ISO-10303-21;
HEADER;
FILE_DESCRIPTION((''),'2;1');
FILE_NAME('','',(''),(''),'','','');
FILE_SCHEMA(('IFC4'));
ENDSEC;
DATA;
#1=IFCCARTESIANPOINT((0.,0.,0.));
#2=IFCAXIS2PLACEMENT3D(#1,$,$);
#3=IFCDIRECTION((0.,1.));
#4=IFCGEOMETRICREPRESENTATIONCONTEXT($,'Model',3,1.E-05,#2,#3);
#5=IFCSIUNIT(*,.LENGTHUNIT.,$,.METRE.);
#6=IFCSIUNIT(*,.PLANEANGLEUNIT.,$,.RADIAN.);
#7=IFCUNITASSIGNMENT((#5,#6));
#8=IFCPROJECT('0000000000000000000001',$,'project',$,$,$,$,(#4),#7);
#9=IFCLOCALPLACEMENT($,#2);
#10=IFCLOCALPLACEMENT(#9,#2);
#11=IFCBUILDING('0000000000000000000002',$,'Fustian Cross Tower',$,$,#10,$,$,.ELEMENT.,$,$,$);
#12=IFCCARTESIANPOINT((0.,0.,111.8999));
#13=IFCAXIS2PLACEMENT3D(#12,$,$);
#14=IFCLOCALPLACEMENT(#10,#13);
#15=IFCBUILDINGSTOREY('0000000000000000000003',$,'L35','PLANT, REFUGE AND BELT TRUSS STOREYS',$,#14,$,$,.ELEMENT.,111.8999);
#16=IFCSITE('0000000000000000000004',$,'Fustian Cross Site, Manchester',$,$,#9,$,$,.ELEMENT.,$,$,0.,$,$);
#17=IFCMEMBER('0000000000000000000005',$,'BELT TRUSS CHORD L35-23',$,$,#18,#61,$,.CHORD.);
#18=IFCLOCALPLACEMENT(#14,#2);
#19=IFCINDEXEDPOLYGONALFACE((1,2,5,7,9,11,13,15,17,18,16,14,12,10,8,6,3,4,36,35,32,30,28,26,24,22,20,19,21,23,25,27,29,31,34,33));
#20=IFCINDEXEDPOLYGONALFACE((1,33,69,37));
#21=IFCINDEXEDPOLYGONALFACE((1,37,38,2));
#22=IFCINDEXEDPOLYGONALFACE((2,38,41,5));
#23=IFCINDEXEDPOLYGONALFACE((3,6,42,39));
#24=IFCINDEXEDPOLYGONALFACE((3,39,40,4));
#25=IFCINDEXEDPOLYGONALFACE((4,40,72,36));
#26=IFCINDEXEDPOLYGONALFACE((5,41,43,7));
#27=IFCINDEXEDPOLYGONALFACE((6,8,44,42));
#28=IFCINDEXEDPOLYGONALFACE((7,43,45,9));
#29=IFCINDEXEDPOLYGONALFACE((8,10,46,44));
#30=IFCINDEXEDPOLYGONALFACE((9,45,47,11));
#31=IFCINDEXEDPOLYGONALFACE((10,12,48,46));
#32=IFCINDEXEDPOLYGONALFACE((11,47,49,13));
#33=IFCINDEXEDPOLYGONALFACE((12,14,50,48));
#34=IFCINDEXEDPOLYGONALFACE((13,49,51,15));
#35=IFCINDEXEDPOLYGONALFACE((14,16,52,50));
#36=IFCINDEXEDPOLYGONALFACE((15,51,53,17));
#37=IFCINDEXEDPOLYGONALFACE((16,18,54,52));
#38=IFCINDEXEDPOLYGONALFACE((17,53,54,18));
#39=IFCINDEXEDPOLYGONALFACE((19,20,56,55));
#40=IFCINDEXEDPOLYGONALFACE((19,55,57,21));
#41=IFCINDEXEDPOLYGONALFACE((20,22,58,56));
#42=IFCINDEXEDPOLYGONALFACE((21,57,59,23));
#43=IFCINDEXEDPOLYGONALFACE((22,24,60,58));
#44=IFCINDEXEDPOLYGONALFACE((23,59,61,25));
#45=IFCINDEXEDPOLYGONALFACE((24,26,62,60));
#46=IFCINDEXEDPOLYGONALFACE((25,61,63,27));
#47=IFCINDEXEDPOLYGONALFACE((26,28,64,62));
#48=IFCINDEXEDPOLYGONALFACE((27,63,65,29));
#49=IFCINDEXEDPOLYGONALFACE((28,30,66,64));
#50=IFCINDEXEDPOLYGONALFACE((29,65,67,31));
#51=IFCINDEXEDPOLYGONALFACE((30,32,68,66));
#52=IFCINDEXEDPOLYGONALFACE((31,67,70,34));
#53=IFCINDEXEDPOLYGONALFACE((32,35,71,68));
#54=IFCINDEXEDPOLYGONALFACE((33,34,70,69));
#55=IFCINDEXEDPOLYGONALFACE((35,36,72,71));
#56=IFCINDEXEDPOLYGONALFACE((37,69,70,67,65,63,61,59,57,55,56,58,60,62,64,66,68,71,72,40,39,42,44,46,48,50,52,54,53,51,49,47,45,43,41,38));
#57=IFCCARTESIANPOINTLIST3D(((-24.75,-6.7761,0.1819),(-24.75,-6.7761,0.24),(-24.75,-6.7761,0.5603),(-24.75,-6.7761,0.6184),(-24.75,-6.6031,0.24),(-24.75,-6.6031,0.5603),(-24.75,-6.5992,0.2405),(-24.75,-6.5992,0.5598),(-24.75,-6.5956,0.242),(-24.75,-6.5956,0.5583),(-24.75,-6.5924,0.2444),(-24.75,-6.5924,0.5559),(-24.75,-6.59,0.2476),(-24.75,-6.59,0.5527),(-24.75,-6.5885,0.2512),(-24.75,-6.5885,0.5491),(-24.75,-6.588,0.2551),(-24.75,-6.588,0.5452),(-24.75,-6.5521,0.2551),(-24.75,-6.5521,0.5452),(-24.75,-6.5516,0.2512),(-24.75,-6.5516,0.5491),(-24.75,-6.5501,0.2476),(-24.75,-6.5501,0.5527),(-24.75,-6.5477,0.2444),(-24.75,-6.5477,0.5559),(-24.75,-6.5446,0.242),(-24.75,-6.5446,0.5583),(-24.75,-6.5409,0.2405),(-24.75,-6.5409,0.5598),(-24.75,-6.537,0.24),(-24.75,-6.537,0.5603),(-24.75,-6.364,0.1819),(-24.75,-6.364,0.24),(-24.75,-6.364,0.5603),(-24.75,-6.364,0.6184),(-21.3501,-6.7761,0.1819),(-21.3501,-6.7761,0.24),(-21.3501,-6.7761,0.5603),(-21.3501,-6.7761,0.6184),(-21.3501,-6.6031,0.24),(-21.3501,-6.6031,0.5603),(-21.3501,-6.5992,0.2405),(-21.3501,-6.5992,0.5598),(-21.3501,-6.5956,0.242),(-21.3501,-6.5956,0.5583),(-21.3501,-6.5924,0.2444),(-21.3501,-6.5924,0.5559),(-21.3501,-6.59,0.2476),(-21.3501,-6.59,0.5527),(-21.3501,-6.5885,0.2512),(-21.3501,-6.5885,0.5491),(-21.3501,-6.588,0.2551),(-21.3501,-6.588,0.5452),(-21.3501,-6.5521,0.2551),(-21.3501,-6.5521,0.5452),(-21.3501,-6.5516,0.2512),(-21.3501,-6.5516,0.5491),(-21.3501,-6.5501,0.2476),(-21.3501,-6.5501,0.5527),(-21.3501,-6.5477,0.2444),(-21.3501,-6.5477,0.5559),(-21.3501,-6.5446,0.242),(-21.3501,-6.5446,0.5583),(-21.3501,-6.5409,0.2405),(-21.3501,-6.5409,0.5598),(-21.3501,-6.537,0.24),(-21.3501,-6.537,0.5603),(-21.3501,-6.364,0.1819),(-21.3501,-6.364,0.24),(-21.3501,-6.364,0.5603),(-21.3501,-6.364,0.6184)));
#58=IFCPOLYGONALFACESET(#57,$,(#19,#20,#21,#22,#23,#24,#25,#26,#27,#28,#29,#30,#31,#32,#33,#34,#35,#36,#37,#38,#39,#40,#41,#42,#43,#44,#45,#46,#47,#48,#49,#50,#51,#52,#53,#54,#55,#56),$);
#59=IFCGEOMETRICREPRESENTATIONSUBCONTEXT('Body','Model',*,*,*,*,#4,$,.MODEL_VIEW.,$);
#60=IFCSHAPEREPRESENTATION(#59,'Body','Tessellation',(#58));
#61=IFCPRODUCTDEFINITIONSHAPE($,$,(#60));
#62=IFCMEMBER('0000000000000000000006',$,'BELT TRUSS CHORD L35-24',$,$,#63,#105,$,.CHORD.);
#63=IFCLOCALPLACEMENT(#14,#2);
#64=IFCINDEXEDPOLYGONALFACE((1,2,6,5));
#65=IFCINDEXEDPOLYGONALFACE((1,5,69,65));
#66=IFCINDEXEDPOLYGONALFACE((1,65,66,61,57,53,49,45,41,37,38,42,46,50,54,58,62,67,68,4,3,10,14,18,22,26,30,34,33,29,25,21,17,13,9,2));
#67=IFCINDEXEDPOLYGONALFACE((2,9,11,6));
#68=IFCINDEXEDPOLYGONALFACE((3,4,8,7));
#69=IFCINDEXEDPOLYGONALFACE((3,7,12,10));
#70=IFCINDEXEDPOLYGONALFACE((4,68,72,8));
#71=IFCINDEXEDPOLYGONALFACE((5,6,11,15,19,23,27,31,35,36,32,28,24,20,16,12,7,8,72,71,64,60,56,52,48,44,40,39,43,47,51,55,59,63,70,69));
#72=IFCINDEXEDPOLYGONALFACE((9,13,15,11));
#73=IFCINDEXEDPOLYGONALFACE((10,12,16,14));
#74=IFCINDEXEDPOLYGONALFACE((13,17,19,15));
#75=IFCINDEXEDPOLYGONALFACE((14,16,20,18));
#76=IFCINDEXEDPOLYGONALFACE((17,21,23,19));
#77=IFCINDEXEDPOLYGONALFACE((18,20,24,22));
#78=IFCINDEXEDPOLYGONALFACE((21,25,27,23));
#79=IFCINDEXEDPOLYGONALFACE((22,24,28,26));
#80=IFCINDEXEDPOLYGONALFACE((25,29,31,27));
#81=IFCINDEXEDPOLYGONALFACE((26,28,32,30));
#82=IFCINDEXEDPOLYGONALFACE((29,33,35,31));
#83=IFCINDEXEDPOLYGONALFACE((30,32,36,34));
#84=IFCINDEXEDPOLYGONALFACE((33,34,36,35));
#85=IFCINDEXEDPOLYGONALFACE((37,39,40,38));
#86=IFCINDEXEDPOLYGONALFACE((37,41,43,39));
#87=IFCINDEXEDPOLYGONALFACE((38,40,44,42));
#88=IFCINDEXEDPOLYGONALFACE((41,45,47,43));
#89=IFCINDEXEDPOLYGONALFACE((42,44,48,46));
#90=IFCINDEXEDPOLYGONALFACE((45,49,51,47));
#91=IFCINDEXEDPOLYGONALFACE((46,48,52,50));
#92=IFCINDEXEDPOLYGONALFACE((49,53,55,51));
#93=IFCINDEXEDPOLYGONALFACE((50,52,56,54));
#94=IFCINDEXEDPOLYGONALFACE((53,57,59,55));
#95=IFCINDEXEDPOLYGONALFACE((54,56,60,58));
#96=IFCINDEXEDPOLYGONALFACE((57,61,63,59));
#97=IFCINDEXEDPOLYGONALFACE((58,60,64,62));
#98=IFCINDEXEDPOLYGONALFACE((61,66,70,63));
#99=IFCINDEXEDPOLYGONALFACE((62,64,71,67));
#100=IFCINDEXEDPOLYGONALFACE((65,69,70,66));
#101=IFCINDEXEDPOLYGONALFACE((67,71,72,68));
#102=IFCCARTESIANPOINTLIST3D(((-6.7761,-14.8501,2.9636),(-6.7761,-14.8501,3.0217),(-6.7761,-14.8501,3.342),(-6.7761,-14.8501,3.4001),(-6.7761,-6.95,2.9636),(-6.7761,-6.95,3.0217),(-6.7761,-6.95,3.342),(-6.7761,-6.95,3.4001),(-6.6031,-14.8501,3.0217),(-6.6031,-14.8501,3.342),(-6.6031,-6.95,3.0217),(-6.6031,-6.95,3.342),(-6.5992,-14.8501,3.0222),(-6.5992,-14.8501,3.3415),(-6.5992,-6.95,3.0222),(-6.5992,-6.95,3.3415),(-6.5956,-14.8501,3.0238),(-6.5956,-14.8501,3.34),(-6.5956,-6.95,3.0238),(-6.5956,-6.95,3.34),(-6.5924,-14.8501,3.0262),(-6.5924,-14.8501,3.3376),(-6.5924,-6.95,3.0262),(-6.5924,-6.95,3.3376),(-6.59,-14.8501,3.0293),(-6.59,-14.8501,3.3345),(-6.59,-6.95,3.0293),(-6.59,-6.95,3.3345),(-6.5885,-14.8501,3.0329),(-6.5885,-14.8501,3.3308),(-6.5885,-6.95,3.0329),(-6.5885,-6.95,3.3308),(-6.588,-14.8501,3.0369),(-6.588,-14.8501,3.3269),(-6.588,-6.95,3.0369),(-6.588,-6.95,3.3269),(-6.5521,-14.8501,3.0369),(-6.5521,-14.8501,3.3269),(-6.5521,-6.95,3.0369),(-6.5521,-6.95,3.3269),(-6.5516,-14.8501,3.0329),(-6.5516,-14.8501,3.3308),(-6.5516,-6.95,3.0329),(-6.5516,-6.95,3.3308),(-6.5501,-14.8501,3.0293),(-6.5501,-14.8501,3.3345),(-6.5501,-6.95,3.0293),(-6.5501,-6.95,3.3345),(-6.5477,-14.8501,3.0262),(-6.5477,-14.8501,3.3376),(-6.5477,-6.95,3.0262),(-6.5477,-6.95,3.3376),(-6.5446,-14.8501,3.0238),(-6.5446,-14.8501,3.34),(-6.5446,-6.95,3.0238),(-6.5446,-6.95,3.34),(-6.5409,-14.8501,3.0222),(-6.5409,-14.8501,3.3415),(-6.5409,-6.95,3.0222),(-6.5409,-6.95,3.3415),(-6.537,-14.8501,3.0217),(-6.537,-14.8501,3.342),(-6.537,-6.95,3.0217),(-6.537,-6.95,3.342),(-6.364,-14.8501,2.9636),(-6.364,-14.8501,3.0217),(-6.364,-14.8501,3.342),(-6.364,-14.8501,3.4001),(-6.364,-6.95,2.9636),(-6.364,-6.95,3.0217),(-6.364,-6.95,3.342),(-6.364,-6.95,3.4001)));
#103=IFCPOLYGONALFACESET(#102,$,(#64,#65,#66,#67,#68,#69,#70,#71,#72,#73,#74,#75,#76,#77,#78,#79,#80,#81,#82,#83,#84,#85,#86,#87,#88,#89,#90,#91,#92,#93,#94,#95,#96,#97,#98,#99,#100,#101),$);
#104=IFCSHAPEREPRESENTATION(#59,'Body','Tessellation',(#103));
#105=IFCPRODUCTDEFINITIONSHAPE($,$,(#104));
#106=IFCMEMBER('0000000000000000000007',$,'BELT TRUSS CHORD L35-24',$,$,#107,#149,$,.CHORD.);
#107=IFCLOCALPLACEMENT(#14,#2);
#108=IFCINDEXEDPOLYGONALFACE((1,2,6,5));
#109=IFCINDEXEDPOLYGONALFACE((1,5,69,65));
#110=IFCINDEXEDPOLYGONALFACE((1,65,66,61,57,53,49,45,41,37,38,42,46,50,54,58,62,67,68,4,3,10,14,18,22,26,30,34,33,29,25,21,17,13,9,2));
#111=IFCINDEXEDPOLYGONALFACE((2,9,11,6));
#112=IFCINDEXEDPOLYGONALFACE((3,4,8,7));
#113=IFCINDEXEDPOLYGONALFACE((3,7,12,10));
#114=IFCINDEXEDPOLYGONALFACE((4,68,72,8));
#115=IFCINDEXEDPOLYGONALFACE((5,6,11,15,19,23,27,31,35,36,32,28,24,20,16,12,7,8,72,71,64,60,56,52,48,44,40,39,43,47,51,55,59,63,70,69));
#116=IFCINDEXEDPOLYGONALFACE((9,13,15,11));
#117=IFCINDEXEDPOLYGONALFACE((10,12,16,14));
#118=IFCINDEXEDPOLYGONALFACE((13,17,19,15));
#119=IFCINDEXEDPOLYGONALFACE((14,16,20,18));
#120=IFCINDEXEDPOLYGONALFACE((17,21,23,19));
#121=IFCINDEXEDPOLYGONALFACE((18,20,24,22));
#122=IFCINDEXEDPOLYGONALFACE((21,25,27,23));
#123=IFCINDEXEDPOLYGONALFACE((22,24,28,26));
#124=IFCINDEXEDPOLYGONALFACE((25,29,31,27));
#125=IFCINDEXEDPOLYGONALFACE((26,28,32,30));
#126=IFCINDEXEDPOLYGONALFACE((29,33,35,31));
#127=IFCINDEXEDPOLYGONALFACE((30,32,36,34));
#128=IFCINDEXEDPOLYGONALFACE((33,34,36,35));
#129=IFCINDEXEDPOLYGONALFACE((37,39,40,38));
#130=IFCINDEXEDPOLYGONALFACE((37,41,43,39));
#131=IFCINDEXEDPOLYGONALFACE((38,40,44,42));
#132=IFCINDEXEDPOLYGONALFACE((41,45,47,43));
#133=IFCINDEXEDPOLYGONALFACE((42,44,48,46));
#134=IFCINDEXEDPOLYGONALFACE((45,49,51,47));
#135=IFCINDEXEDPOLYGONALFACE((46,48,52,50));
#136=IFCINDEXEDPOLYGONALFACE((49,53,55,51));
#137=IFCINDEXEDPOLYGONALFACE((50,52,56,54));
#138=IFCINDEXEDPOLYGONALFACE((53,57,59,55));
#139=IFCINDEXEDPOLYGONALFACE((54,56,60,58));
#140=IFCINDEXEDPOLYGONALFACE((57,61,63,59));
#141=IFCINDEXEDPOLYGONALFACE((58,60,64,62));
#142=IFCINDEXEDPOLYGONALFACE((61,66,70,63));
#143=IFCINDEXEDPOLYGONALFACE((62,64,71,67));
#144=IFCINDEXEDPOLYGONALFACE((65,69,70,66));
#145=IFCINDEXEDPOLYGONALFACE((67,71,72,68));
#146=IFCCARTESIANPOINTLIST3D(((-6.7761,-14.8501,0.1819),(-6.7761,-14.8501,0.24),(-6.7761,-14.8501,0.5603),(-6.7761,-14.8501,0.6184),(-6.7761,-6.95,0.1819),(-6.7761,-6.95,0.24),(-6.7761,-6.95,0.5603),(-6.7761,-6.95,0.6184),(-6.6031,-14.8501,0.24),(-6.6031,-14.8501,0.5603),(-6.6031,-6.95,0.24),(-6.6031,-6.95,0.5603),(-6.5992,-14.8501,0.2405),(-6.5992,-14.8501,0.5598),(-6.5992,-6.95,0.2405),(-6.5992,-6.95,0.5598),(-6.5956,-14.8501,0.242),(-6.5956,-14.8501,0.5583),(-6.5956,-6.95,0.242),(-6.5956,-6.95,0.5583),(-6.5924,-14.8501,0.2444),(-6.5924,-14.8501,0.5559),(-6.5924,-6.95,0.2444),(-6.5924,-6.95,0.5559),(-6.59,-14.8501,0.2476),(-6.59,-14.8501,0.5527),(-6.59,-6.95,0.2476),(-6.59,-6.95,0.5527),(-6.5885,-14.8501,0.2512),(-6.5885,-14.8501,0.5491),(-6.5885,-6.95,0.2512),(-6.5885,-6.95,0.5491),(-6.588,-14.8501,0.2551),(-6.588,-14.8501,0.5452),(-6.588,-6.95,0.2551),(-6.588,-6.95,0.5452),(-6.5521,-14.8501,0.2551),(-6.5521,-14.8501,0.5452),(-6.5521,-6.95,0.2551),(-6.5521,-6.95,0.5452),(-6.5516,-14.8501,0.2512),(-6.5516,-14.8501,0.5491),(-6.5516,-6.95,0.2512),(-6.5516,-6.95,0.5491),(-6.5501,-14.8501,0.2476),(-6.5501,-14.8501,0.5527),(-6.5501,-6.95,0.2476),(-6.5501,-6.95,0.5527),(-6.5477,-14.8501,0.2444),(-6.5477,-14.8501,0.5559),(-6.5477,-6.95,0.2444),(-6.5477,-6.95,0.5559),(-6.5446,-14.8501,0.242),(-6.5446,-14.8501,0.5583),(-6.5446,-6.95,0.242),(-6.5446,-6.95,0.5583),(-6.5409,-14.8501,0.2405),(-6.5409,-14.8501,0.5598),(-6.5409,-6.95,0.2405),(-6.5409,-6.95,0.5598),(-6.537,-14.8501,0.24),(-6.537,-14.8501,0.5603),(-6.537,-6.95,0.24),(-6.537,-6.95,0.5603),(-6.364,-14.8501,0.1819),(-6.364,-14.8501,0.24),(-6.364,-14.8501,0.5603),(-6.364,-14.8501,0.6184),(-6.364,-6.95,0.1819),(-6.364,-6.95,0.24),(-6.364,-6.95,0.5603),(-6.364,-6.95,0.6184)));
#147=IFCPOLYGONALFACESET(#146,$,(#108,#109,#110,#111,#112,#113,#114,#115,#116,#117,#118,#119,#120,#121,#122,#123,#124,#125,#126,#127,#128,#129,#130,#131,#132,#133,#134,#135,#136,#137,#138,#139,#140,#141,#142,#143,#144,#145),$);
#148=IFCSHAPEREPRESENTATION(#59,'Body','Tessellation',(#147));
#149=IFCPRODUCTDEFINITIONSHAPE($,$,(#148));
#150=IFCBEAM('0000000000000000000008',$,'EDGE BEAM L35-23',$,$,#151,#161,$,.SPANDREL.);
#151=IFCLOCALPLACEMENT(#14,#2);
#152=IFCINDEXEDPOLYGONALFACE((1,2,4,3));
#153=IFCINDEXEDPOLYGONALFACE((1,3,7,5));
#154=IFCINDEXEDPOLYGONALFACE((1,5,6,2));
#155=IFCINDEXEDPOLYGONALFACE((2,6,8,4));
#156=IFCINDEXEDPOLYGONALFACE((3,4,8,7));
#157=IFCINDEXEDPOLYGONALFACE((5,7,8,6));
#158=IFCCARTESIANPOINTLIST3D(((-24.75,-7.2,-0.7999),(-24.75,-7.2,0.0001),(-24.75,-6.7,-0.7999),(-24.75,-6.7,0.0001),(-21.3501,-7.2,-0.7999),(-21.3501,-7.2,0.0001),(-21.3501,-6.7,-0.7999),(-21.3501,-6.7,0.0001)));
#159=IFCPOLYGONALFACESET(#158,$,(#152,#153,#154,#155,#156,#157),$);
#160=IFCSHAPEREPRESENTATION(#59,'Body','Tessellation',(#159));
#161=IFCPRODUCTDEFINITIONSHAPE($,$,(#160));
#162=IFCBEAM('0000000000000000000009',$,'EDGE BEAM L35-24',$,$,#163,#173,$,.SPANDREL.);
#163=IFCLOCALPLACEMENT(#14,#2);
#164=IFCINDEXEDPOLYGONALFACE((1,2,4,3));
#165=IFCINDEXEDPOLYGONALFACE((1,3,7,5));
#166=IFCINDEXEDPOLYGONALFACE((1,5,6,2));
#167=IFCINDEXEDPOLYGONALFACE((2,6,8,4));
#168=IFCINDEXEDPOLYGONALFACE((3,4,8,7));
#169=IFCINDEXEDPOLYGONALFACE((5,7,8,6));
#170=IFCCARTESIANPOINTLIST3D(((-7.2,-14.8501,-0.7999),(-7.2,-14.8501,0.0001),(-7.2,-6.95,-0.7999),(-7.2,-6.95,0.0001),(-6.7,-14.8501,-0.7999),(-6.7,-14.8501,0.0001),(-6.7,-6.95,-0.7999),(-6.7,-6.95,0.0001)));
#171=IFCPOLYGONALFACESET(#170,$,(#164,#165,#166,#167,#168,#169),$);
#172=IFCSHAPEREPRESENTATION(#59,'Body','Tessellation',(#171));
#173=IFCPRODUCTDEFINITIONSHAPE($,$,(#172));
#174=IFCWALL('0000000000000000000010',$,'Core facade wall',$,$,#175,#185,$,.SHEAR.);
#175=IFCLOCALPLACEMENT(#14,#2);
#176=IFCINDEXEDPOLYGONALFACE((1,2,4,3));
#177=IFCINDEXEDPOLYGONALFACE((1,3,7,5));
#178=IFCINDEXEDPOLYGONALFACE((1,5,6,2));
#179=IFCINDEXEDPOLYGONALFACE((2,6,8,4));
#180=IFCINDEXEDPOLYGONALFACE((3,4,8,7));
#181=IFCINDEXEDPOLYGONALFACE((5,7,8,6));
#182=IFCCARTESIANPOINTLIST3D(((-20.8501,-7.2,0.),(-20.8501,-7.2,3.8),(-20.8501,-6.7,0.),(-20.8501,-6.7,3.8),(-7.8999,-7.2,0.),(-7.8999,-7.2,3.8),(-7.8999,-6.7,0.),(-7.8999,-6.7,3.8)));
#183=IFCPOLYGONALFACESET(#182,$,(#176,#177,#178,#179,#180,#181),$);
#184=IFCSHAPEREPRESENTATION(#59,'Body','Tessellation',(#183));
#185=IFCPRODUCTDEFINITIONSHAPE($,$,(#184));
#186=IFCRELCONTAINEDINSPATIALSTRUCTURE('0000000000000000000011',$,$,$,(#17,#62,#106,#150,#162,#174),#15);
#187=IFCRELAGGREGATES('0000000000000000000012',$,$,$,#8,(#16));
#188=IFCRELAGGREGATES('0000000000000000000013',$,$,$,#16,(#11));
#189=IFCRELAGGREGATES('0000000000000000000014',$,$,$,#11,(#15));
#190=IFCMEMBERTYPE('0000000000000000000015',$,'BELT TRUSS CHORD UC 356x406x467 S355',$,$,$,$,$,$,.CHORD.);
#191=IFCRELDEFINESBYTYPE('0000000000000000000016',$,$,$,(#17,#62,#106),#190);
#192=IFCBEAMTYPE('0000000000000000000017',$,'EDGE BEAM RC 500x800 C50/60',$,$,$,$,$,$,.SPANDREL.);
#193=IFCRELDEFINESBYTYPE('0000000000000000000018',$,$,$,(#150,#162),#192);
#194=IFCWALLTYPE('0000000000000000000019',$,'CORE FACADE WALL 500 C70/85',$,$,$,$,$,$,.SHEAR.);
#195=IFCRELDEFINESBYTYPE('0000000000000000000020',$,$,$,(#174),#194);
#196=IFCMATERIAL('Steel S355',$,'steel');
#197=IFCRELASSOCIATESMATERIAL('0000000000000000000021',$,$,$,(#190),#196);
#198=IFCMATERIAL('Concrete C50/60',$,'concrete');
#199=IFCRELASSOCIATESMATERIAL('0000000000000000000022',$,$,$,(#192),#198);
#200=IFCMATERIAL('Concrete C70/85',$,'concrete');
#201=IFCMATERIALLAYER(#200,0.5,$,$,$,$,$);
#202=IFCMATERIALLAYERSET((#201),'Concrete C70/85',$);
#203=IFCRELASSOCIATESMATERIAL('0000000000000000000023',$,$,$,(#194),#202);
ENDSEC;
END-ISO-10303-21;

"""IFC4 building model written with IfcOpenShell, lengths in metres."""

from ifc_helpers import new_model, si_unit, direction, frame, frame_2d, origin, origin_2d, place, context, subcontext, project, spatial, rectangle, i_section, extrude, material, layer, layer_set, material_profile, profile_set, type_object, element, save


model = new_model("IFC4")

# Units and contexts
model_context = context("Model", 3, precision=1e-05, world=origin(), true_north=direction((0.0, 1.0)))
body_context = subcontext(model_context, "Body", "Model", "MODEL_VIEW")
ifc_project = project(units=[si_unit("LENGTHUNIT", "METRE"), si_unit("PLANEANGLEUNIT", "RADIAN")], contexts=[model_context])

# Site, building, storey
site_placement = place(None, origin())
site = spatial("IfcSite", under=ifc_project, at=site_placement, Name="Fustian Cross Site, Manchester", CompositionType="ELEMENT", RefElevation=0.0)
building_placement = place(site_placement, origin())
building = spatial("IfcBuilding", under=site, at=building_placement, Name="Fustian Cross Tower", CompositionType="ELEMENT")
storey_placement = place(building_placement, frame((0.0, 0.0, 111.8999)))
storey = spatial("IfcBuildingStorey", under=building, at=storey_placement, Name="L35", Description="PLANT, REFUGE AND BELT TRUSS STOREYS", CompositionType="ELEMENT", Elevation=111.8999)

# Members
ifc_material_1 = material(Name="Steel S355", Category="steel")
ifc_material_profile_1 = material_profile(ifc_material_1, i_section(OverallWidth=0.4121, OverallDepth=0.4365, WebThickness=0.0359, FlangeThickness=0.0581, FilletRadius=0.0151, at=origin_2d()), Name="UC 356x406x467")
ifc_profile_set_1 = profile_set([ifc_material_profile_1], Name="Steel S355")
member_type_1 = type_object("IfcMemberType", Name="BELT TRUSS CHORD UC 356x406x467 S355", PredefinedType="CHORD", material=ifc_profile_set_1)
for number, where, z_axis, x_axis, name in (
    (1, (-24.75, -6.5701, 0.4001), (1.0, 0.0, 0.0), (0.0, 1.0, 0.0), "BELT TRUSS CHORD L35-23"),
):
    element("IfcMember", number, at=place(storey_placement, frame(where, z_axis=z_axis, x_axis=x_axis)), inside=storey, type_object=member_type_1, Name=name, PredefinedType="CHORD", context=body_context, shape_type="SweptSolid", body=[
        extrude(i_section(OverallWidth=0.4121, OverallDepth=0.4365, WebThickness=0.0359, FlangeThickness=0.0581, FilletRadius=0.0151, at=origin_2d()), origin(), (0.0, 0.0, 1.0), 3.3999),
    ])
for number, where, z_axis, x_axis, name in (
    (2, (-6.5701, -6.95, 3.1819), (0.0, -1.0, 0.0), (1.0, 0.0, 0.0), "BELT TRUSS CHORD L35-24"),
    (3, (-6.5701, -6.95, 0.4001), (0.0, -1.0, 0.0), (1.0, 0.0, 0.0), "BELT TRUSS CHORD L35-24"),
):
    element("IfcMember", number, at=place(storey_placement, frame(where, z_axis=z_axis, x_axis=x_axis)), inside=storey, type_object=member_type_1, Name=name, PredefinedType="CHORD", context=body_context, shape_type="SweptSolid", body=[
        extrude(i_section(OverallWidth=0.4121, OverallDepth=0.4365, WebThickness=0.0359, FlangeThickness=0.0581, FilletRadius=0.0151, at=origin_2d()), origin(), (0.0, 0.0, 1.0), 7.9001),
    ])

# Beams
ifc_material_2 = material(Name="Concrete C50/60", Category="concrete")
ifc_material_profile_2 = material_profile(ifc_material_2, rectangle(XDim=0.5, YDim=0.8, at=origin_2d()), Name="RC 500x800")
ifc_profile_set_2 = profile_set([ifc_material_profile_2], Name="Concrete C50/60")
beam_type = type_object("IfcBeamType", Name="EDGE BEAM RC 500x800 C50/60", PredefinedType="SPANDREL", material=ifc_profile_set_2)
beam_1_placement = place(storey_placement, frame((-24.75, -6.95, -0.3999), z_axis=(1.0, 0.0, 0.0), x_axis=(0.0, 1.0, 0.0)))
element("IfcBeam", 4, at=beam_1_placement, inside=storey, type_object=beam_type, Name="EDGE BEAM L35-23", PredefinedType="SPANDREL", context=body_context, shape_type="SweptSolid", body=[
    extrude(rectangle(XDim=0.5, YDim=0.8, at=origin_2d()), origin(), (0.0, 0.0, 1.0), 3.3999),
])
beam_2_placement = place(storey_placement, frame((-6.95, -6.95, -0.3999), z_axis=(0.0, -1.0, 0.0), x_axis=(1.0, 0.0, 0.0)))
element("IfcBeam", 5, at=beam_2_placement, inside=storey, type_object=beam_type, Name="EDGE BEAM L35-24", PredefinedType="SPANDREL", context=body_context, shape_type="SweptSolid", body=[
    extrude(rectangle(XDim=0.5, YDim=0.8, at=origin_2d()), origin(), (0.0, 0.0, 1.0), 7.9001),
])

# Wall
ifc_material_3 = material(Name="Concrete C70/85", Category="concrete")
ifc_layer_1 = layer(ifc_material_3, 0.5)
ifc_layer_set_1 = layer_set([ifc_layer_1], Name="Concrete C70/85")
wall_type_1 = type_object("IfcWallType", Name="CORE FACADE WALL 500 C70/85", PredefinedType="SHEAR", material=ifc_layer_set_1)
wall_1_placement = place(storey_placement, frame((-7.8999, -6.95, 0.0), z_axis=(0.0, 0.0, 1.0), x_axis=(-1.0, 0.0, 0.0)))
element("IfcWall", 6, at=wall_1_placement, inside=storey, type_object=wall_type_1, Name="Core facade wall", PredefinedType="SHEAR", context=body_context, shape_type="SweptSolid", body=[
    extrude(rectangle(XDim=12.9502, YDim=0.5, at=frame_2d((6.4751, 0.0))), origin(), (0.0, 0.0, 1.0), 3.8),
])

save(model, "model.ifc")
